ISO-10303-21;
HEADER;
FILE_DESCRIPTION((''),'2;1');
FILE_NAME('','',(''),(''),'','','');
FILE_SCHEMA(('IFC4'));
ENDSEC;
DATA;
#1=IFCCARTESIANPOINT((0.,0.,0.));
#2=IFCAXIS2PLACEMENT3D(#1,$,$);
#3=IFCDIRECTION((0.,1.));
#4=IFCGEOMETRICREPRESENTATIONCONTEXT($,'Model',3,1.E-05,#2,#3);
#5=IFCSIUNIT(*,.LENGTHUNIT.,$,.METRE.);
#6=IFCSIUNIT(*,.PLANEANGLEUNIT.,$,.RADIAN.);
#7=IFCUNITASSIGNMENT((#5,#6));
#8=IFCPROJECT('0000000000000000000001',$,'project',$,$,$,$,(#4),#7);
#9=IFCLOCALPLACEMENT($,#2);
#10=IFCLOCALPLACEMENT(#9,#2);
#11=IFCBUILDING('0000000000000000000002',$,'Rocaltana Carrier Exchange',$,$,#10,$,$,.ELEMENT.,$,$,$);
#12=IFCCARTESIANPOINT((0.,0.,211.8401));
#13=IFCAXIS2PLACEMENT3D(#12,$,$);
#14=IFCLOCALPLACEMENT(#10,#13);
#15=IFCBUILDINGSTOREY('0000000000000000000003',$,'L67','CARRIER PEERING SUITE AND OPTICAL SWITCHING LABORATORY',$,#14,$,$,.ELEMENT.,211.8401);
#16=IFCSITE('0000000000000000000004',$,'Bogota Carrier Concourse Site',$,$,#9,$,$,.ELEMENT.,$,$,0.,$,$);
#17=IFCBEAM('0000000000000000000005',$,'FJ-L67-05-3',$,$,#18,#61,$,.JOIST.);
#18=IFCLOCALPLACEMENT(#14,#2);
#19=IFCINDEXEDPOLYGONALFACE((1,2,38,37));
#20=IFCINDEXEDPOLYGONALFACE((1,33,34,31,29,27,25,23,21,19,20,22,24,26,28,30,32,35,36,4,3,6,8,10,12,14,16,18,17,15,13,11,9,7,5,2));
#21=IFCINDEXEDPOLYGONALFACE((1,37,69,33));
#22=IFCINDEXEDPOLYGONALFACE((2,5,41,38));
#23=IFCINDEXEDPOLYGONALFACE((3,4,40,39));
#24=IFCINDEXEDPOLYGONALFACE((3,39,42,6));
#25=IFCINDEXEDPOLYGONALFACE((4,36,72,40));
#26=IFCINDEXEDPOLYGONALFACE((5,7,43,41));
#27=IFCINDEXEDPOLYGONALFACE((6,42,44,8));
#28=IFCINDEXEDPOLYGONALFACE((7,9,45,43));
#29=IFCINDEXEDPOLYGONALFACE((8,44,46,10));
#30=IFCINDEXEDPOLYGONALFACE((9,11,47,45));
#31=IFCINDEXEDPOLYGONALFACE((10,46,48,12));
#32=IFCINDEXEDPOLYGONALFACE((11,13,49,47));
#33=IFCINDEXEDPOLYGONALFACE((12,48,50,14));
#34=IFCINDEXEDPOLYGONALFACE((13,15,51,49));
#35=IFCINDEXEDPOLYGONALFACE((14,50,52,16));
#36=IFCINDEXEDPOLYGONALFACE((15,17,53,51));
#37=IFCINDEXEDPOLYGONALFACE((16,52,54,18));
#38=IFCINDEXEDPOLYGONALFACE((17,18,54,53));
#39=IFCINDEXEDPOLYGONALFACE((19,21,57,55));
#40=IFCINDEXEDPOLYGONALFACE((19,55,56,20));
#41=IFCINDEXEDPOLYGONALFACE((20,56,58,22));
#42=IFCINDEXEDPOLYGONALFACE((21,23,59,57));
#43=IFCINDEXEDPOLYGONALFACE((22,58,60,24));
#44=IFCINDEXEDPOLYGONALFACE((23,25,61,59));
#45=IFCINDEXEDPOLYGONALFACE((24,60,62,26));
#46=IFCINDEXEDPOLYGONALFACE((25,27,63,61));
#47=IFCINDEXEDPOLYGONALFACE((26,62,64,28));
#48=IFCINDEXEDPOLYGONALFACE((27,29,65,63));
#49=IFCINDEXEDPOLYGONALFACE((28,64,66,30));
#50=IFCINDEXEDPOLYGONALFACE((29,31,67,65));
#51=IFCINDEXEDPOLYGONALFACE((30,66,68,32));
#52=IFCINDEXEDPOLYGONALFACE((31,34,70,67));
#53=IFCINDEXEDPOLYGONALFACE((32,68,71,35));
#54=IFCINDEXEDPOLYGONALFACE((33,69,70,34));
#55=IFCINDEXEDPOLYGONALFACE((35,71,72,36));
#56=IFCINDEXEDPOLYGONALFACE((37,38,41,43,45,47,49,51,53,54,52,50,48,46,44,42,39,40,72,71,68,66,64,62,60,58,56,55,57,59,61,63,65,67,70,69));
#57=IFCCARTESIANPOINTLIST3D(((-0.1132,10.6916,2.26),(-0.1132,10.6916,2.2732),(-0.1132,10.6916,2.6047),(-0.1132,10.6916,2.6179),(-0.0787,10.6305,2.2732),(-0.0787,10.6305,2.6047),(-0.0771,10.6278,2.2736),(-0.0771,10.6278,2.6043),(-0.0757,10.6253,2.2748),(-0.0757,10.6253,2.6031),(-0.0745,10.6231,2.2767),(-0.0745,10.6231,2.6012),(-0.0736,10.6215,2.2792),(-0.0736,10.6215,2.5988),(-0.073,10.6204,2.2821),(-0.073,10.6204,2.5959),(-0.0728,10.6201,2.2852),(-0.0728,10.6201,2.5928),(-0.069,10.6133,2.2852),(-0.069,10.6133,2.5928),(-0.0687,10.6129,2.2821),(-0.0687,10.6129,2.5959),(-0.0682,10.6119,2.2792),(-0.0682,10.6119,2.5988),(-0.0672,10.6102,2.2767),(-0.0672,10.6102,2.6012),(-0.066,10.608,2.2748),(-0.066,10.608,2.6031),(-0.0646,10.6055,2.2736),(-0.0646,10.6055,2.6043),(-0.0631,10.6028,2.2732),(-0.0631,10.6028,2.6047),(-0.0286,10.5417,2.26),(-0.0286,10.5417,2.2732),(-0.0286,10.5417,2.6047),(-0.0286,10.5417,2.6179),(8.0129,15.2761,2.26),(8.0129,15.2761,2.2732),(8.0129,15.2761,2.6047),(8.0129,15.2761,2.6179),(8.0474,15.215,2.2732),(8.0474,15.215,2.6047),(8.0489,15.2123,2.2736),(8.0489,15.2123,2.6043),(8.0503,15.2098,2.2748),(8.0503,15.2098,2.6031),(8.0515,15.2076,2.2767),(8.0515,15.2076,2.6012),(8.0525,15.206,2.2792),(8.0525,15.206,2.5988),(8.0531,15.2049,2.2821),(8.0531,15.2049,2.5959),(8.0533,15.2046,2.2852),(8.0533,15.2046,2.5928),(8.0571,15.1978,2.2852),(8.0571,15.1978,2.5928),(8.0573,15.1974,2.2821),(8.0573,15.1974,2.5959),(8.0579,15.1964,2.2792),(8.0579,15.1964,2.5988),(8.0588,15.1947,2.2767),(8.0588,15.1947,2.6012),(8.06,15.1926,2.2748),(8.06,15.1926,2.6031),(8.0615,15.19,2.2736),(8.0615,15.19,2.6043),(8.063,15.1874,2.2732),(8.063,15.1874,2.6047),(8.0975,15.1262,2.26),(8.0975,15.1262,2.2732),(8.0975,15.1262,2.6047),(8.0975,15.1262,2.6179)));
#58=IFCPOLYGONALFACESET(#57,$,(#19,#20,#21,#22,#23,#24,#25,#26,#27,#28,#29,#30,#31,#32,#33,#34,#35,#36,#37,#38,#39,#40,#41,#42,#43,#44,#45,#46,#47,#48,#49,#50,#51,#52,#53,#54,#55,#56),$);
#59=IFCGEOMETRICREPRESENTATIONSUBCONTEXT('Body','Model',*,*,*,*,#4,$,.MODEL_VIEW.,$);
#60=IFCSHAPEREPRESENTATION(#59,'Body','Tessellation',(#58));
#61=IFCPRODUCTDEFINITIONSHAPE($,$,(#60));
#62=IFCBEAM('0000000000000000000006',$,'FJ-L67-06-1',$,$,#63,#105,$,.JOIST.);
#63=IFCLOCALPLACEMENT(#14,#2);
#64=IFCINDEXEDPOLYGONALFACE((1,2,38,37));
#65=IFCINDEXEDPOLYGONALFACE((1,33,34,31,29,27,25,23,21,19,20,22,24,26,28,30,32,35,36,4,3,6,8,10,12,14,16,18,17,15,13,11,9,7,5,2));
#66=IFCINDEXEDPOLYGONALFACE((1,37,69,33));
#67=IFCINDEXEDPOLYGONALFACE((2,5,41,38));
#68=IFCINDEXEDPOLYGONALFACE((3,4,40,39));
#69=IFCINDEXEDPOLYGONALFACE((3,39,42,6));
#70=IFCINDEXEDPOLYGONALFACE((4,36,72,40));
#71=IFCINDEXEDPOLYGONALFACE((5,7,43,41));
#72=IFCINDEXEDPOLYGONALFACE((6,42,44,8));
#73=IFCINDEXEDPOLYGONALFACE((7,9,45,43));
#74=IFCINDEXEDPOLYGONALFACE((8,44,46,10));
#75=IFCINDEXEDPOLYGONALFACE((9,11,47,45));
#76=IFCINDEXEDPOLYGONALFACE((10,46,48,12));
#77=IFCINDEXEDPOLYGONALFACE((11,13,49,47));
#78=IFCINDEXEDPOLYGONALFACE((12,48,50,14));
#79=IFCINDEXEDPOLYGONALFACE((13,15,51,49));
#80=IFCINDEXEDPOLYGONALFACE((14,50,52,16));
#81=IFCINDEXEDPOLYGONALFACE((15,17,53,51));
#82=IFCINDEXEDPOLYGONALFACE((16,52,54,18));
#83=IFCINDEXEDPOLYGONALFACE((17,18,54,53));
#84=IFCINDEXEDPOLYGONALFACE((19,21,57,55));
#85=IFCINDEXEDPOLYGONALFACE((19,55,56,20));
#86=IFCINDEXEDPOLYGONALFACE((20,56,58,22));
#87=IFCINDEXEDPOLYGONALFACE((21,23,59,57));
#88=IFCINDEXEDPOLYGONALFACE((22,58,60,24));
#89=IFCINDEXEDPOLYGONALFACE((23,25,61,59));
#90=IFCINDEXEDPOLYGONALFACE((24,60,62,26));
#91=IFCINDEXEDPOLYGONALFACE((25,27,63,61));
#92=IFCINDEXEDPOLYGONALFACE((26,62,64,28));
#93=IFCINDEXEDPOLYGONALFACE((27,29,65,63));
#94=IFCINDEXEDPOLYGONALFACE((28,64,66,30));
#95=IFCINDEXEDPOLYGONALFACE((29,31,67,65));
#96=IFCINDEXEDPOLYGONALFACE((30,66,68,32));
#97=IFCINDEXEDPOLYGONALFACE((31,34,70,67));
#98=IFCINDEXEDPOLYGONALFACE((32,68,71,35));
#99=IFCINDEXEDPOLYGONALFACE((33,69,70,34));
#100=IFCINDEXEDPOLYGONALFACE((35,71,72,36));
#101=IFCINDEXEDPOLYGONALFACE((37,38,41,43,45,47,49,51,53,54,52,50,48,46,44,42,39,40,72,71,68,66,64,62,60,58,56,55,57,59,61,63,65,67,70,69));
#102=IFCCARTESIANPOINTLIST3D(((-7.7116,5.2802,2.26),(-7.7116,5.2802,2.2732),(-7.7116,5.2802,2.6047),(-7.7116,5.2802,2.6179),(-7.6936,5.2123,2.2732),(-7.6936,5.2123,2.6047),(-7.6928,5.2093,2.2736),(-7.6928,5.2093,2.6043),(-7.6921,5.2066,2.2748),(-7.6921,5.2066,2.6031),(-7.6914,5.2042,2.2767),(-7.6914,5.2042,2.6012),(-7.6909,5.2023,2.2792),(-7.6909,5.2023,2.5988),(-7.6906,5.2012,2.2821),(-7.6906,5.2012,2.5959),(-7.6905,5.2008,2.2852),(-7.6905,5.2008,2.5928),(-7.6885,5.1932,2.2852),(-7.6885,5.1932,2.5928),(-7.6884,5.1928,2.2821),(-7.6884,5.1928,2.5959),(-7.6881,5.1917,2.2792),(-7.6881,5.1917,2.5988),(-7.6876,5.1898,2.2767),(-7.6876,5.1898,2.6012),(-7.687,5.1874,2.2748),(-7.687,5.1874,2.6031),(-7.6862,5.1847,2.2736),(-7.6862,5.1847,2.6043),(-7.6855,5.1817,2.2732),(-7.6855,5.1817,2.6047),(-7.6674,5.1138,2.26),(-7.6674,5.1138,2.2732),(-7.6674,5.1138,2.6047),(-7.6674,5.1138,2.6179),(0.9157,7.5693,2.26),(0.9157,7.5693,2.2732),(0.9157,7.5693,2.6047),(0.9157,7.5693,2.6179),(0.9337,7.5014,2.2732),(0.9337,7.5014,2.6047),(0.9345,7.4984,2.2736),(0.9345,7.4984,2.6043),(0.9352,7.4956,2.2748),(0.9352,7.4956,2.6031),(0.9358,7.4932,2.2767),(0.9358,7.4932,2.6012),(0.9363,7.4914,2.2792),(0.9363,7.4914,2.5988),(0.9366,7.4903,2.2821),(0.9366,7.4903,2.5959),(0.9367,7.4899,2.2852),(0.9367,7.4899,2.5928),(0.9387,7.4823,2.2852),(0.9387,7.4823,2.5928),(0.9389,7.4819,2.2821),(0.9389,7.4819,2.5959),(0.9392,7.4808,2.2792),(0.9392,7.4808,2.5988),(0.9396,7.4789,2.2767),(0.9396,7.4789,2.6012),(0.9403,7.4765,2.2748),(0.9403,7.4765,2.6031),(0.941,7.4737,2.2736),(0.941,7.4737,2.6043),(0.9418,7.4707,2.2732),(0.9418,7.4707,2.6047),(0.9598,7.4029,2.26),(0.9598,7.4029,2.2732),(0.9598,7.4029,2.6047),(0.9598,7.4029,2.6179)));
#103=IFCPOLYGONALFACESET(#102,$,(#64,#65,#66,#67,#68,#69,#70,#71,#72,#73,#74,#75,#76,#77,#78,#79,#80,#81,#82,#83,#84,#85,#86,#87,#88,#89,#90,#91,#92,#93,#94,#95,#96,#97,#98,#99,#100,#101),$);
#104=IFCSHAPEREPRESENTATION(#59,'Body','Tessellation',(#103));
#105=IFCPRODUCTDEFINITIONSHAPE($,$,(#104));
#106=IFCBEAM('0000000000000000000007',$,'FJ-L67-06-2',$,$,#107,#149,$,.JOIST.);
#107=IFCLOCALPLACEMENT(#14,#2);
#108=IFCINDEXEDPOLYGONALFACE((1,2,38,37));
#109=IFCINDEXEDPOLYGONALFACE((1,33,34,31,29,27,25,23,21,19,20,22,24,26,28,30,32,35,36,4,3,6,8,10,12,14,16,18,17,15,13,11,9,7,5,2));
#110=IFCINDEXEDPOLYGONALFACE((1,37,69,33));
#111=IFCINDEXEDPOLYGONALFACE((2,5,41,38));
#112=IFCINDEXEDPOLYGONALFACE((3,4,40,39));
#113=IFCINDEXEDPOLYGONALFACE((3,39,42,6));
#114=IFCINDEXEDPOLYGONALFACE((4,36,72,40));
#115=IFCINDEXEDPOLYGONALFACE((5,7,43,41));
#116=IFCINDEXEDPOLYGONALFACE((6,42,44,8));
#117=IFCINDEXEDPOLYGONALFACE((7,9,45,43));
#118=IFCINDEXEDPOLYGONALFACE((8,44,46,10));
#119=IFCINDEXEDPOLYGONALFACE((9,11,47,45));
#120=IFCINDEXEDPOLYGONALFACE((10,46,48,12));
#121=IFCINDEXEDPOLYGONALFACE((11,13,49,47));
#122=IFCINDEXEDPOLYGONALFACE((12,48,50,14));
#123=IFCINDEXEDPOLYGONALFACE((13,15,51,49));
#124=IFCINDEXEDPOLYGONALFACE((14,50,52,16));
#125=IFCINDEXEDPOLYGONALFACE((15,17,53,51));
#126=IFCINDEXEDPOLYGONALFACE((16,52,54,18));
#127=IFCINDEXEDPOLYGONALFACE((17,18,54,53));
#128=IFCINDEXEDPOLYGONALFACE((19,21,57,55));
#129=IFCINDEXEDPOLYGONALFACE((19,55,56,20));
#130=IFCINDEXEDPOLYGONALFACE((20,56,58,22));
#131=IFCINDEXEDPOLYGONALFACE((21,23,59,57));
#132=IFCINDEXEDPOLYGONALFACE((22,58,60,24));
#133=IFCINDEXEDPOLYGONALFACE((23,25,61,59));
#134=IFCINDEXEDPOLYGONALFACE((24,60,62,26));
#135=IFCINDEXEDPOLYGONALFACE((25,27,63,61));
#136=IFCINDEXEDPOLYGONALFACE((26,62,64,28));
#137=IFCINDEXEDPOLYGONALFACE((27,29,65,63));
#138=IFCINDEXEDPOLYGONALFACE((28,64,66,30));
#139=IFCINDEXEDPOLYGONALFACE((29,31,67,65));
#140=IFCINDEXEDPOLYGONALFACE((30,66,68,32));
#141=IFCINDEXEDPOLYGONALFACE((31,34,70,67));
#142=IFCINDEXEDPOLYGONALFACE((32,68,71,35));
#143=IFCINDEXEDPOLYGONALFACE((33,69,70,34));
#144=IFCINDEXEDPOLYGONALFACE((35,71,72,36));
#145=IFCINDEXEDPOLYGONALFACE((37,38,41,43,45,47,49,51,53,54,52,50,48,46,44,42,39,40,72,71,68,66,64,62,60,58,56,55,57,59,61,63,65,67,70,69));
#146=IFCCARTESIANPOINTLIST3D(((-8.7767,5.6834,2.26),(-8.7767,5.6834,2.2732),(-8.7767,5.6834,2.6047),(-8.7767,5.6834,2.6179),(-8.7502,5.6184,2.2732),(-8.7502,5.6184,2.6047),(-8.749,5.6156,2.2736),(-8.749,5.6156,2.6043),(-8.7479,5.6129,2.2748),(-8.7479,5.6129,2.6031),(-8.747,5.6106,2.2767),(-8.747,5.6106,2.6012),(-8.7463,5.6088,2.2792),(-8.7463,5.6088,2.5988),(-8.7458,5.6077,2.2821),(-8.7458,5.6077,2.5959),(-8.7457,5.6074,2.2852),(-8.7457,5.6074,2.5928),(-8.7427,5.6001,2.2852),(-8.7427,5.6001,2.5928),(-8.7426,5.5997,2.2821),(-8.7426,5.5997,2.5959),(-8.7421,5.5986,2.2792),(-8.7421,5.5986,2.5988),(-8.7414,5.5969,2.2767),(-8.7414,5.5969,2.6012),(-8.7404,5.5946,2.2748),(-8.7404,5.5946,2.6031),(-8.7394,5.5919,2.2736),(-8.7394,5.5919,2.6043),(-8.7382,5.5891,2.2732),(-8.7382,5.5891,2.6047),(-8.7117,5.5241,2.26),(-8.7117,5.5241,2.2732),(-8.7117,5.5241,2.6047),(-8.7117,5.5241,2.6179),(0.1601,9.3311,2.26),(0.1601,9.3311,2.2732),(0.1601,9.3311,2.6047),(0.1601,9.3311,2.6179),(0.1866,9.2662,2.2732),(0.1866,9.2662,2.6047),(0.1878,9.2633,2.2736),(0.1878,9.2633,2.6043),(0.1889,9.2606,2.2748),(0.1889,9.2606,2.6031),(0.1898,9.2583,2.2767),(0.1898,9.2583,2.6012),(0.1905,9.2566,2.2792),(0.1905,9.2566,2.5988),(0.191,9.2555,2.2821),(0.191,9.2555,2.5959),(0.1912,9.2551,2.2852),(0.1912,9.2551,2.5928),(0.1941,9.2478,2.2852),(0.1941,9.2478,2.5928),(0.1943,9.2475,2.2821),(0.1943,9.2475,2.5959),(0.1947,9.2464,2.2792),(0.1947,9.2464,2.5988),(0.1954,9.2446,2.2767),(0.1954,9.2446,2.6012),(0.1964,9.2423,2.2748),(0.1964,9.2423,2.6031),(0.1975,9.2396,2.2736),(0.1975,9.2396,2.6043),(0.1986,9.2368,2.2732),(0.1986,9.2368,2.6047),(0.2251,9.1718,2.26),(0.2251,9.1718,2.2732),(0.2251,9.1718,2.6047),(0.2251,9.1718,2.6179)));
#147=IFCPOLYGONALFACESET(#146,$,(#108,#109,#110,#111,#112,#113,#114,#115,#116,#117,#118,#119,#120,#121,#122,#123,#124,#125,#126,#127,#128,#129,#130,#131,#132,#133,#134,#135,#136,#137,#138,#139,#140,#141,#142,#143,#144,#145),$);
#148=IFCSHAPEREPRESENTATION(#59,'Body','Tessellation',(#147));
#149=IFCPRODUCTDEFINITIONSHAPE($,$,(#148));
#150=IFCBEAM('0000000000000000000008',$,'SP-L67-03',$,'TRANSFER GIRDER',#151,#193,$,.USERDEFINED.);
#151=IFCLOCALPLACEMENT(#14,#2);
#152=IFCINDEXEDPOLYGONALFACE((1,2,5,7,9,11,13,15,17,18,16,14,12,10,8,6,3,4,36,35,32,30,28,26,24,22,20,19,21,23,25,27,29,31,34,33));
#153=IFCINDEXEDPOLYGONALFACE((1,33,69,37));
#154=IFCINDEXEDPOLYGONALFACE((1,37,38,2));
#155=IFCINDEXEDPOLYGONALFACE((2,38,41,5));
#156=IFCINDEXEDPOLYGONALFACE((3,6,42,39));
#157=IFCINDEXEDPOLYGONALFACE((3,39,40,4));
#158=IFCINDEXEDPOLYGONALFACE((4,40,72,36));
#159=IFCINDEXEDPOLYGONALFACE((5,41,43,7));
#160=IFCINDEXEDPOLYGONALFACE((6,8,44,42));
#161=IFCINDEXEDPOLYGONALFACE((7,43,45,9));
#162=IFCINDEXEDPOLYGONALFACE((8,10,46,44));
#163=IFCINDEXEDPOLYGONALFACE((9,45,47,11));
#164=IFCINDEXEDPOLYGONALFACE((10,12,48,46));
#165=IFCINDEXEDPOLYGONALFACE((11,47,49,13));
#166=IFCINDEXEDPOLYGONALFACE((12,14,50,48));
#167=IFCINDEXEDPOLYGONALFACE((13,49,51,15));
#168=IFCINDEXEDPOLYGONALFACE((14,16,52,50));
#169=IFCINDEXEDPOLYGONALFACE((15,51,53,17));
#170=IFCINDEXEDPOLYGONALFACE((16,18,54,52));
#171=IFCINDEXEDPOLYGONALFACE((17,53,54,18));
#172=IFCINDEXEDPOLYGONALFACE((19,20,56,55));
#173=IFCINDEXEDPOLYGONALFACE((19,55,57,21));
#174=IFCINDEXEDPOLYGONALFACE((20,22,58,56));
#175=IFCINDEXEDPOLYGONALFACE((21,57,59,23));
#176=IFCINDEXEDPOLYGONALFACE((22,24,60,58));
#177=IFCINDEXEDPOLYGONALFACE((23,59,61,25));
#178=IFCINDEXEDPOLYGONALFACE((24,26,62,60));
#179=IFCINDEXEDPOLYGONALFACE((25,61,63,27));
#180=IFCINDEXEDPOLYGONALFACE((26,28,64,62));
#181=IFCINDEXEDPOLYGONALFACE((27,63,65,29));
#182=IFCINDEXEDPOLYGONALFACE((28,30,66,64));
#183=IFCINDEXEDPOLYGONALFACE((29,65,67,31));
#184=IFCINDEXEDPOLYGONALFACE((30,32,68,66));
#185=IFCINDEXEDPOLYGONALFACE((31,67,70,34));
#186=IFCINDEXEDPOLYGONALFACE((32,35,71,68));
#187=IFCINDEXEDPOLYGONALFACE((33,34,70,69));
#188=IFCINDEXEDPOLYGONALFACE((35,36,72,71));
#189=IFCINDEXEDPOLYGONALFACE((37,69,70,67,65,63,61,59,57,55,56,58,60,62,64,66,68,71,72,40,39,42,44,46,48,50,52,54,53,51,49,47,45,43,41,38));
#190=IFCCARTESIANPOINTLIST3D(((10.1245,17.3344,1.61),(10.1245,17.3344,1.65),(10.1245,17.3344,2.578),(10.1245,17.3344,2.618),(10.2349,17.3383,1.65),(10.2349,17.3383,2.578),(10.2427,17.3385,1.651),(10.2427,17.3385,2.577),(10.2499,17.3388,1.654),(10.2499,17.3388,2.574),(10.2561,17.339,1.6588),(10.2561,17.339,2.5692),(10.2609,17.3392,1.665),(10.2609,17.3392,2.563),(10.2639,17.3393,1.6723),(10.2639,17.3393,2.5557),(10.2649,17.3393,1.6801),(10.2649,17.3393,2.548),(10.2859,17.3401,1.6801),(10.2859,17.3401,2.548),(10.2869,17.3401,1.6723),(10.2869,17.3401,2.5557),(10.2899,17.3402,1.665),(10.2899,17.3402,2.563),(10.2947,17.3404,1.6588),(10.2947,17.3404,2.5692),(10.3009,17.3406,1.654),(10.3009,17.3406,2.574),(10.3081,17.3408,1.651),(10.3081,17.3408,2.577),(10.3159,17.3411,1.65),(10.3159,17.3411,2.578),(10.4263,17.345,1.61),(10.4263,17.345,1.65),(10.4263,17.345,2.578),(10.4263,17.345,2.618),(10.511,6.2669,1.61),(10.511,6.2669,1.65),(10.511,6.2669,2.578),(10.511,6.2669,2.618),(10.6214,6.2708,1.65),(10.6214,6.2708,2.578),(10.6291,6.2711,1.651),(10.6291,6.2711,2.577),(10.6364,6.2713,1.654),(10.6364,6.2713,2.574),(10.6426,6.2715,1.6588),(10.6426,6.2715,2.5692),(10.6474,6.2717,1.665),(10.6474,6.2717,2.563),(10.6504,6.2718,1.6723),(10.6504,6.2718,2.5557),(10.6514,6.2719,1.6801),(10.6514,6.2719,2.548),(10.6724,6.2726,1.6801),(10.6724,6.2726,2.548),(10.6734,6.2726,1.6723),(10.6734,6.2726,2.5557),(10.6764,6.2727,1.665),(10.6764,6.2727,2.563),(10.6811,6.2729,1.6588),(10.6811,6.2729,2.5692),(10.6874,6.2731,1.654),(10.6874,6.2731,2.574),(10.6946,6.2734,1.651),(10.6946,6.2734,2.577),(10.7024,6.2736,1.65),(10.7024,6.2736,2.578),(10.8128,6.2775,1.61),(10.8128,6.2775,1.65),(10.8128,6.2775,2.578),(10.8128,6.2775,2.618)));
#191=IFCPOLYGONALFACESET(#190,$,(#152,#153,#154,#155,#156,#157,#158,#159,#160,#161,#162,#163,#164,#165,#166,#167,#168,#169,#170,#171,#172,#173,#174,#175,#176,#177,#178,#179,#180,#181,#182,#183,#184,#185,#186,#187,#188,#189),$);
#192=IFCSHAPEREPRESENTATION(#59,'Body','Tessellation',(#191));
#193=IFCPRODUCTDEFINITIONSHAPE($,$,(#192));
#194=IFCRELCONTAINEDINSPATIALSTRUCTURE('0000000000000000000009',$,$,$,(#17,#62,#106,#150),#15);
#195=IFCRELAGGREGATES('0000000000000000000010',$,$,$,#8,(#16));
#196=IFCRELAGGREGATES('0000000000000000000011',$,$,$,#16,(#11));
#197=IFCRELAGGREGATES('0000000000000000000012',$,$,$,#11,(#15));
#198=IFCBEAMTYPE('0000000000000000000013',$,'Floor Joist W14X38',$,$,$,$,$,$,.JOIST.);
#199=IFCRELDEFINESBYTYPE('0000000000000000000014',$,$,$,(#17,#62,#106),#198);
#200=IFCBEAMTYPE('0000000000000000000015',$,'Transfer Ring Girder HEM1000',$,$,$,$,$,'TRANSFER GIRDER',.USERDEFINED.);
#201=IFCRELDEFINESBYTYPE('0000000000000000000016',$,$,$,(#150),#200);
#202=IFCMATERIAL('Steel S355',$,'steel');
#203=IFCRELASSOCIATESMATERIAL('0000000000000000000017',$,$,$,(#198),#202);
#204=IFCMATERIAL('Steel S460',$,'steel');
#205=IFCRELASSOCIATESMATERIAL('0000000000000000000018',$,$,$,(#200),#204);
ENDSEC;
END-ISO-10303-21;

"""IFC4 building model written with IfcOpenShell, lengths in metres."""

from ifc_helpers import new_model, si_unit, direction, frame, origin, origin_2d, place, context, subcontext, project, spatial, i_section, extrude, material, material_profile, profile_set, type_object, element, save


model = new_model("IFC4")

# Units and contexts
model_context = context("Model", 3, precision=1e-05, world=origin(), true_north=direction((0.0, 1.0)))
body_context = subcontext(model_context, "Body", "Model", "MODEL_VIEW")
ifc_project = project(units=[si_unit("LENGTHUNIT", "METRE"), si_unit("PLANEANGLEUNIT", "RADIAN")], contexts=[model_context])

# Site, building, storey
site_placement = place(None, origin())
site = spatial("IfcSite", under=ifc_project, at=site_placement, Name="Bogota Carrier Concourse Site", CompositionType="ELEMENT", RefElevation=0.0)
building_placement = place(site_placement, origin())
building = spatial("IfcBuilding", under=site, at=building_placement, Name="Rocaltana Carrier Exchange", CompositionType="ELEMENT")
storey_placement = place(building_placement, frame((0.0, 0.0, 211.8401)))
storey = spatial("IfcBuildingStorey", under=building, at=storey_placement, Name="L67", Description="CARRIER PEERING SUITE AND OPTICAL SWITCHING LABORATORY", CompositionType="ELEMENT", Elevation=211.8401)

# Beams
ifc_material_1 = material(Name="Steel S355", Category="steel")
ifc_material_profile_1 = material_profile(ifc_material_1, i_section(OverallWidth=0.1721, OverallDepth=0.3579, WebThickness=0.0078, FlangeThickness=0.0132, FilletRadius=0.012, at=origin_2d()), Name="W14X38")
ifc_profile_set_1 = profile_set([ifc_material_profile_1], Name="Steel S355")
beam_type_1 = type_object("IfcBeamType", Name="Floor Joist W14X38", PredefinedType="JOIST", material=ifc_profile_set_1)
beam_1_placement = place(storey_placement, frame((8.0552, 15.2012, 2.439), z_axis=(-0.870951, -0.491369, 0.0), x_axis=(0.491369, -0.870951, 0.0)))
element("IfcBeam", 1, at=beam_1_placement, inside=storey, type_object=beam_type_1, Name="FJ-L67-05-3", PredefinedType="JOIST", context=body_context, shape_type="SweptSolid", body=[
    extrude(i_section(OverallWidth=0.1721, OverallDepth=0.3579, WebThickness=0.0078, FlangeThickness=0.0132, FilletRadius=0.012, at=origin_2d()), origin(), (0.0, 0.0, 1.0), 9.3301),
])
beam_2_placement = place(storey_placement, frame((0.9377, 7.4861, 2.439), z_axis=(-0.966556, -0.256457, 0.0), x_axis=(0.256457, -0.966556, 0.0)))
element("IfcBeam", 2, at=beam_2_placement, inside=storey, type_object=beam_type_1, Name="FJ-L67-06-1", PredefinedType="JOIST", context=body_context, shape_type="SweptSolid", body=[
    extrude(i_section(OverallWidth=0.1721, OverallDepth=0.3579, WebThickness=0.0078, FlangeThickness=0.0132, FilletRadius=0.012, at=origin_2d()), origin(), (0.0, 0.0, 1.0), 8.9258),
])
beam_3_placement = place(storey_placement, frame((0.1926, 9.2515, 2.439), z_axis=(-0.925846, -0.377901, 0.0), x_axis=(0.377901, -0.925846, 0.0)))
element("IfcBeam", 3, at=beam_3_placement, inside=storey, type_object=beam_type_1, Name="FJ-L67-06-2", PredefinedType="JOIST", context=body_context, shape_type="SweptSolid", body=[
    extrude(i_section(OverallWidth=0.1721, OverallDepth=0.3579, WebThickness=0.0078, FlangeThickness=0.0132, FilletRadius=0.012, at=origin_2d()), origin(), (0.0, 0.0, 1.0), 9.6526),
])
ifc_material_2 = material(Name="Steel S460", Category="steel")
ifc_material_profile_2 = material_profile(ifc_material_2, i_section(OverallWidth=0.302, OverallDepth=1.0081, WebThickness=0.021, FlangeThickness=0.04, FilletRadius=0.03, at=origin_2d()), Name="HEM1000")
ifc_profile_set_2 = profile_set([ifc_material_profile_2], Name="Steel S460")
beam_type_2 = type_object("IfcBeamType", Name="Transfer Ring Girder HEM1000", ElementType="TRANSFER GIRDER", PredefinedType="USERDEFINED", material=ifc_profile_set_2)
beam_4_placement = place(storey_placement, frame((10.6619, 6.2722, 2.114), z_axis=(-0.034899, 0.999391, 0.0), x_axis=(-0.999391, -0.034899, 0.0)))
element("IfcBeam", 4, at=beam_4_placement, inside=storey, type_object=beam_type_2, Name="SP-L67-03", ObjectType="TRANSFER GIRDER", PredefinedType="USERDEFINED", context=body_context, shape_type="SweptSolid", body=[
    extrude(i_section(OverallWidth=0.302, OverallDepth=1.0081, WebThickness=0.021, FlangeThickness=0.04, FilletRadius=0.03, at=origin_2d()), origin(), (0.0, 0.0, 1.0), 11.0742),
])

save(model, "model.ifc")
